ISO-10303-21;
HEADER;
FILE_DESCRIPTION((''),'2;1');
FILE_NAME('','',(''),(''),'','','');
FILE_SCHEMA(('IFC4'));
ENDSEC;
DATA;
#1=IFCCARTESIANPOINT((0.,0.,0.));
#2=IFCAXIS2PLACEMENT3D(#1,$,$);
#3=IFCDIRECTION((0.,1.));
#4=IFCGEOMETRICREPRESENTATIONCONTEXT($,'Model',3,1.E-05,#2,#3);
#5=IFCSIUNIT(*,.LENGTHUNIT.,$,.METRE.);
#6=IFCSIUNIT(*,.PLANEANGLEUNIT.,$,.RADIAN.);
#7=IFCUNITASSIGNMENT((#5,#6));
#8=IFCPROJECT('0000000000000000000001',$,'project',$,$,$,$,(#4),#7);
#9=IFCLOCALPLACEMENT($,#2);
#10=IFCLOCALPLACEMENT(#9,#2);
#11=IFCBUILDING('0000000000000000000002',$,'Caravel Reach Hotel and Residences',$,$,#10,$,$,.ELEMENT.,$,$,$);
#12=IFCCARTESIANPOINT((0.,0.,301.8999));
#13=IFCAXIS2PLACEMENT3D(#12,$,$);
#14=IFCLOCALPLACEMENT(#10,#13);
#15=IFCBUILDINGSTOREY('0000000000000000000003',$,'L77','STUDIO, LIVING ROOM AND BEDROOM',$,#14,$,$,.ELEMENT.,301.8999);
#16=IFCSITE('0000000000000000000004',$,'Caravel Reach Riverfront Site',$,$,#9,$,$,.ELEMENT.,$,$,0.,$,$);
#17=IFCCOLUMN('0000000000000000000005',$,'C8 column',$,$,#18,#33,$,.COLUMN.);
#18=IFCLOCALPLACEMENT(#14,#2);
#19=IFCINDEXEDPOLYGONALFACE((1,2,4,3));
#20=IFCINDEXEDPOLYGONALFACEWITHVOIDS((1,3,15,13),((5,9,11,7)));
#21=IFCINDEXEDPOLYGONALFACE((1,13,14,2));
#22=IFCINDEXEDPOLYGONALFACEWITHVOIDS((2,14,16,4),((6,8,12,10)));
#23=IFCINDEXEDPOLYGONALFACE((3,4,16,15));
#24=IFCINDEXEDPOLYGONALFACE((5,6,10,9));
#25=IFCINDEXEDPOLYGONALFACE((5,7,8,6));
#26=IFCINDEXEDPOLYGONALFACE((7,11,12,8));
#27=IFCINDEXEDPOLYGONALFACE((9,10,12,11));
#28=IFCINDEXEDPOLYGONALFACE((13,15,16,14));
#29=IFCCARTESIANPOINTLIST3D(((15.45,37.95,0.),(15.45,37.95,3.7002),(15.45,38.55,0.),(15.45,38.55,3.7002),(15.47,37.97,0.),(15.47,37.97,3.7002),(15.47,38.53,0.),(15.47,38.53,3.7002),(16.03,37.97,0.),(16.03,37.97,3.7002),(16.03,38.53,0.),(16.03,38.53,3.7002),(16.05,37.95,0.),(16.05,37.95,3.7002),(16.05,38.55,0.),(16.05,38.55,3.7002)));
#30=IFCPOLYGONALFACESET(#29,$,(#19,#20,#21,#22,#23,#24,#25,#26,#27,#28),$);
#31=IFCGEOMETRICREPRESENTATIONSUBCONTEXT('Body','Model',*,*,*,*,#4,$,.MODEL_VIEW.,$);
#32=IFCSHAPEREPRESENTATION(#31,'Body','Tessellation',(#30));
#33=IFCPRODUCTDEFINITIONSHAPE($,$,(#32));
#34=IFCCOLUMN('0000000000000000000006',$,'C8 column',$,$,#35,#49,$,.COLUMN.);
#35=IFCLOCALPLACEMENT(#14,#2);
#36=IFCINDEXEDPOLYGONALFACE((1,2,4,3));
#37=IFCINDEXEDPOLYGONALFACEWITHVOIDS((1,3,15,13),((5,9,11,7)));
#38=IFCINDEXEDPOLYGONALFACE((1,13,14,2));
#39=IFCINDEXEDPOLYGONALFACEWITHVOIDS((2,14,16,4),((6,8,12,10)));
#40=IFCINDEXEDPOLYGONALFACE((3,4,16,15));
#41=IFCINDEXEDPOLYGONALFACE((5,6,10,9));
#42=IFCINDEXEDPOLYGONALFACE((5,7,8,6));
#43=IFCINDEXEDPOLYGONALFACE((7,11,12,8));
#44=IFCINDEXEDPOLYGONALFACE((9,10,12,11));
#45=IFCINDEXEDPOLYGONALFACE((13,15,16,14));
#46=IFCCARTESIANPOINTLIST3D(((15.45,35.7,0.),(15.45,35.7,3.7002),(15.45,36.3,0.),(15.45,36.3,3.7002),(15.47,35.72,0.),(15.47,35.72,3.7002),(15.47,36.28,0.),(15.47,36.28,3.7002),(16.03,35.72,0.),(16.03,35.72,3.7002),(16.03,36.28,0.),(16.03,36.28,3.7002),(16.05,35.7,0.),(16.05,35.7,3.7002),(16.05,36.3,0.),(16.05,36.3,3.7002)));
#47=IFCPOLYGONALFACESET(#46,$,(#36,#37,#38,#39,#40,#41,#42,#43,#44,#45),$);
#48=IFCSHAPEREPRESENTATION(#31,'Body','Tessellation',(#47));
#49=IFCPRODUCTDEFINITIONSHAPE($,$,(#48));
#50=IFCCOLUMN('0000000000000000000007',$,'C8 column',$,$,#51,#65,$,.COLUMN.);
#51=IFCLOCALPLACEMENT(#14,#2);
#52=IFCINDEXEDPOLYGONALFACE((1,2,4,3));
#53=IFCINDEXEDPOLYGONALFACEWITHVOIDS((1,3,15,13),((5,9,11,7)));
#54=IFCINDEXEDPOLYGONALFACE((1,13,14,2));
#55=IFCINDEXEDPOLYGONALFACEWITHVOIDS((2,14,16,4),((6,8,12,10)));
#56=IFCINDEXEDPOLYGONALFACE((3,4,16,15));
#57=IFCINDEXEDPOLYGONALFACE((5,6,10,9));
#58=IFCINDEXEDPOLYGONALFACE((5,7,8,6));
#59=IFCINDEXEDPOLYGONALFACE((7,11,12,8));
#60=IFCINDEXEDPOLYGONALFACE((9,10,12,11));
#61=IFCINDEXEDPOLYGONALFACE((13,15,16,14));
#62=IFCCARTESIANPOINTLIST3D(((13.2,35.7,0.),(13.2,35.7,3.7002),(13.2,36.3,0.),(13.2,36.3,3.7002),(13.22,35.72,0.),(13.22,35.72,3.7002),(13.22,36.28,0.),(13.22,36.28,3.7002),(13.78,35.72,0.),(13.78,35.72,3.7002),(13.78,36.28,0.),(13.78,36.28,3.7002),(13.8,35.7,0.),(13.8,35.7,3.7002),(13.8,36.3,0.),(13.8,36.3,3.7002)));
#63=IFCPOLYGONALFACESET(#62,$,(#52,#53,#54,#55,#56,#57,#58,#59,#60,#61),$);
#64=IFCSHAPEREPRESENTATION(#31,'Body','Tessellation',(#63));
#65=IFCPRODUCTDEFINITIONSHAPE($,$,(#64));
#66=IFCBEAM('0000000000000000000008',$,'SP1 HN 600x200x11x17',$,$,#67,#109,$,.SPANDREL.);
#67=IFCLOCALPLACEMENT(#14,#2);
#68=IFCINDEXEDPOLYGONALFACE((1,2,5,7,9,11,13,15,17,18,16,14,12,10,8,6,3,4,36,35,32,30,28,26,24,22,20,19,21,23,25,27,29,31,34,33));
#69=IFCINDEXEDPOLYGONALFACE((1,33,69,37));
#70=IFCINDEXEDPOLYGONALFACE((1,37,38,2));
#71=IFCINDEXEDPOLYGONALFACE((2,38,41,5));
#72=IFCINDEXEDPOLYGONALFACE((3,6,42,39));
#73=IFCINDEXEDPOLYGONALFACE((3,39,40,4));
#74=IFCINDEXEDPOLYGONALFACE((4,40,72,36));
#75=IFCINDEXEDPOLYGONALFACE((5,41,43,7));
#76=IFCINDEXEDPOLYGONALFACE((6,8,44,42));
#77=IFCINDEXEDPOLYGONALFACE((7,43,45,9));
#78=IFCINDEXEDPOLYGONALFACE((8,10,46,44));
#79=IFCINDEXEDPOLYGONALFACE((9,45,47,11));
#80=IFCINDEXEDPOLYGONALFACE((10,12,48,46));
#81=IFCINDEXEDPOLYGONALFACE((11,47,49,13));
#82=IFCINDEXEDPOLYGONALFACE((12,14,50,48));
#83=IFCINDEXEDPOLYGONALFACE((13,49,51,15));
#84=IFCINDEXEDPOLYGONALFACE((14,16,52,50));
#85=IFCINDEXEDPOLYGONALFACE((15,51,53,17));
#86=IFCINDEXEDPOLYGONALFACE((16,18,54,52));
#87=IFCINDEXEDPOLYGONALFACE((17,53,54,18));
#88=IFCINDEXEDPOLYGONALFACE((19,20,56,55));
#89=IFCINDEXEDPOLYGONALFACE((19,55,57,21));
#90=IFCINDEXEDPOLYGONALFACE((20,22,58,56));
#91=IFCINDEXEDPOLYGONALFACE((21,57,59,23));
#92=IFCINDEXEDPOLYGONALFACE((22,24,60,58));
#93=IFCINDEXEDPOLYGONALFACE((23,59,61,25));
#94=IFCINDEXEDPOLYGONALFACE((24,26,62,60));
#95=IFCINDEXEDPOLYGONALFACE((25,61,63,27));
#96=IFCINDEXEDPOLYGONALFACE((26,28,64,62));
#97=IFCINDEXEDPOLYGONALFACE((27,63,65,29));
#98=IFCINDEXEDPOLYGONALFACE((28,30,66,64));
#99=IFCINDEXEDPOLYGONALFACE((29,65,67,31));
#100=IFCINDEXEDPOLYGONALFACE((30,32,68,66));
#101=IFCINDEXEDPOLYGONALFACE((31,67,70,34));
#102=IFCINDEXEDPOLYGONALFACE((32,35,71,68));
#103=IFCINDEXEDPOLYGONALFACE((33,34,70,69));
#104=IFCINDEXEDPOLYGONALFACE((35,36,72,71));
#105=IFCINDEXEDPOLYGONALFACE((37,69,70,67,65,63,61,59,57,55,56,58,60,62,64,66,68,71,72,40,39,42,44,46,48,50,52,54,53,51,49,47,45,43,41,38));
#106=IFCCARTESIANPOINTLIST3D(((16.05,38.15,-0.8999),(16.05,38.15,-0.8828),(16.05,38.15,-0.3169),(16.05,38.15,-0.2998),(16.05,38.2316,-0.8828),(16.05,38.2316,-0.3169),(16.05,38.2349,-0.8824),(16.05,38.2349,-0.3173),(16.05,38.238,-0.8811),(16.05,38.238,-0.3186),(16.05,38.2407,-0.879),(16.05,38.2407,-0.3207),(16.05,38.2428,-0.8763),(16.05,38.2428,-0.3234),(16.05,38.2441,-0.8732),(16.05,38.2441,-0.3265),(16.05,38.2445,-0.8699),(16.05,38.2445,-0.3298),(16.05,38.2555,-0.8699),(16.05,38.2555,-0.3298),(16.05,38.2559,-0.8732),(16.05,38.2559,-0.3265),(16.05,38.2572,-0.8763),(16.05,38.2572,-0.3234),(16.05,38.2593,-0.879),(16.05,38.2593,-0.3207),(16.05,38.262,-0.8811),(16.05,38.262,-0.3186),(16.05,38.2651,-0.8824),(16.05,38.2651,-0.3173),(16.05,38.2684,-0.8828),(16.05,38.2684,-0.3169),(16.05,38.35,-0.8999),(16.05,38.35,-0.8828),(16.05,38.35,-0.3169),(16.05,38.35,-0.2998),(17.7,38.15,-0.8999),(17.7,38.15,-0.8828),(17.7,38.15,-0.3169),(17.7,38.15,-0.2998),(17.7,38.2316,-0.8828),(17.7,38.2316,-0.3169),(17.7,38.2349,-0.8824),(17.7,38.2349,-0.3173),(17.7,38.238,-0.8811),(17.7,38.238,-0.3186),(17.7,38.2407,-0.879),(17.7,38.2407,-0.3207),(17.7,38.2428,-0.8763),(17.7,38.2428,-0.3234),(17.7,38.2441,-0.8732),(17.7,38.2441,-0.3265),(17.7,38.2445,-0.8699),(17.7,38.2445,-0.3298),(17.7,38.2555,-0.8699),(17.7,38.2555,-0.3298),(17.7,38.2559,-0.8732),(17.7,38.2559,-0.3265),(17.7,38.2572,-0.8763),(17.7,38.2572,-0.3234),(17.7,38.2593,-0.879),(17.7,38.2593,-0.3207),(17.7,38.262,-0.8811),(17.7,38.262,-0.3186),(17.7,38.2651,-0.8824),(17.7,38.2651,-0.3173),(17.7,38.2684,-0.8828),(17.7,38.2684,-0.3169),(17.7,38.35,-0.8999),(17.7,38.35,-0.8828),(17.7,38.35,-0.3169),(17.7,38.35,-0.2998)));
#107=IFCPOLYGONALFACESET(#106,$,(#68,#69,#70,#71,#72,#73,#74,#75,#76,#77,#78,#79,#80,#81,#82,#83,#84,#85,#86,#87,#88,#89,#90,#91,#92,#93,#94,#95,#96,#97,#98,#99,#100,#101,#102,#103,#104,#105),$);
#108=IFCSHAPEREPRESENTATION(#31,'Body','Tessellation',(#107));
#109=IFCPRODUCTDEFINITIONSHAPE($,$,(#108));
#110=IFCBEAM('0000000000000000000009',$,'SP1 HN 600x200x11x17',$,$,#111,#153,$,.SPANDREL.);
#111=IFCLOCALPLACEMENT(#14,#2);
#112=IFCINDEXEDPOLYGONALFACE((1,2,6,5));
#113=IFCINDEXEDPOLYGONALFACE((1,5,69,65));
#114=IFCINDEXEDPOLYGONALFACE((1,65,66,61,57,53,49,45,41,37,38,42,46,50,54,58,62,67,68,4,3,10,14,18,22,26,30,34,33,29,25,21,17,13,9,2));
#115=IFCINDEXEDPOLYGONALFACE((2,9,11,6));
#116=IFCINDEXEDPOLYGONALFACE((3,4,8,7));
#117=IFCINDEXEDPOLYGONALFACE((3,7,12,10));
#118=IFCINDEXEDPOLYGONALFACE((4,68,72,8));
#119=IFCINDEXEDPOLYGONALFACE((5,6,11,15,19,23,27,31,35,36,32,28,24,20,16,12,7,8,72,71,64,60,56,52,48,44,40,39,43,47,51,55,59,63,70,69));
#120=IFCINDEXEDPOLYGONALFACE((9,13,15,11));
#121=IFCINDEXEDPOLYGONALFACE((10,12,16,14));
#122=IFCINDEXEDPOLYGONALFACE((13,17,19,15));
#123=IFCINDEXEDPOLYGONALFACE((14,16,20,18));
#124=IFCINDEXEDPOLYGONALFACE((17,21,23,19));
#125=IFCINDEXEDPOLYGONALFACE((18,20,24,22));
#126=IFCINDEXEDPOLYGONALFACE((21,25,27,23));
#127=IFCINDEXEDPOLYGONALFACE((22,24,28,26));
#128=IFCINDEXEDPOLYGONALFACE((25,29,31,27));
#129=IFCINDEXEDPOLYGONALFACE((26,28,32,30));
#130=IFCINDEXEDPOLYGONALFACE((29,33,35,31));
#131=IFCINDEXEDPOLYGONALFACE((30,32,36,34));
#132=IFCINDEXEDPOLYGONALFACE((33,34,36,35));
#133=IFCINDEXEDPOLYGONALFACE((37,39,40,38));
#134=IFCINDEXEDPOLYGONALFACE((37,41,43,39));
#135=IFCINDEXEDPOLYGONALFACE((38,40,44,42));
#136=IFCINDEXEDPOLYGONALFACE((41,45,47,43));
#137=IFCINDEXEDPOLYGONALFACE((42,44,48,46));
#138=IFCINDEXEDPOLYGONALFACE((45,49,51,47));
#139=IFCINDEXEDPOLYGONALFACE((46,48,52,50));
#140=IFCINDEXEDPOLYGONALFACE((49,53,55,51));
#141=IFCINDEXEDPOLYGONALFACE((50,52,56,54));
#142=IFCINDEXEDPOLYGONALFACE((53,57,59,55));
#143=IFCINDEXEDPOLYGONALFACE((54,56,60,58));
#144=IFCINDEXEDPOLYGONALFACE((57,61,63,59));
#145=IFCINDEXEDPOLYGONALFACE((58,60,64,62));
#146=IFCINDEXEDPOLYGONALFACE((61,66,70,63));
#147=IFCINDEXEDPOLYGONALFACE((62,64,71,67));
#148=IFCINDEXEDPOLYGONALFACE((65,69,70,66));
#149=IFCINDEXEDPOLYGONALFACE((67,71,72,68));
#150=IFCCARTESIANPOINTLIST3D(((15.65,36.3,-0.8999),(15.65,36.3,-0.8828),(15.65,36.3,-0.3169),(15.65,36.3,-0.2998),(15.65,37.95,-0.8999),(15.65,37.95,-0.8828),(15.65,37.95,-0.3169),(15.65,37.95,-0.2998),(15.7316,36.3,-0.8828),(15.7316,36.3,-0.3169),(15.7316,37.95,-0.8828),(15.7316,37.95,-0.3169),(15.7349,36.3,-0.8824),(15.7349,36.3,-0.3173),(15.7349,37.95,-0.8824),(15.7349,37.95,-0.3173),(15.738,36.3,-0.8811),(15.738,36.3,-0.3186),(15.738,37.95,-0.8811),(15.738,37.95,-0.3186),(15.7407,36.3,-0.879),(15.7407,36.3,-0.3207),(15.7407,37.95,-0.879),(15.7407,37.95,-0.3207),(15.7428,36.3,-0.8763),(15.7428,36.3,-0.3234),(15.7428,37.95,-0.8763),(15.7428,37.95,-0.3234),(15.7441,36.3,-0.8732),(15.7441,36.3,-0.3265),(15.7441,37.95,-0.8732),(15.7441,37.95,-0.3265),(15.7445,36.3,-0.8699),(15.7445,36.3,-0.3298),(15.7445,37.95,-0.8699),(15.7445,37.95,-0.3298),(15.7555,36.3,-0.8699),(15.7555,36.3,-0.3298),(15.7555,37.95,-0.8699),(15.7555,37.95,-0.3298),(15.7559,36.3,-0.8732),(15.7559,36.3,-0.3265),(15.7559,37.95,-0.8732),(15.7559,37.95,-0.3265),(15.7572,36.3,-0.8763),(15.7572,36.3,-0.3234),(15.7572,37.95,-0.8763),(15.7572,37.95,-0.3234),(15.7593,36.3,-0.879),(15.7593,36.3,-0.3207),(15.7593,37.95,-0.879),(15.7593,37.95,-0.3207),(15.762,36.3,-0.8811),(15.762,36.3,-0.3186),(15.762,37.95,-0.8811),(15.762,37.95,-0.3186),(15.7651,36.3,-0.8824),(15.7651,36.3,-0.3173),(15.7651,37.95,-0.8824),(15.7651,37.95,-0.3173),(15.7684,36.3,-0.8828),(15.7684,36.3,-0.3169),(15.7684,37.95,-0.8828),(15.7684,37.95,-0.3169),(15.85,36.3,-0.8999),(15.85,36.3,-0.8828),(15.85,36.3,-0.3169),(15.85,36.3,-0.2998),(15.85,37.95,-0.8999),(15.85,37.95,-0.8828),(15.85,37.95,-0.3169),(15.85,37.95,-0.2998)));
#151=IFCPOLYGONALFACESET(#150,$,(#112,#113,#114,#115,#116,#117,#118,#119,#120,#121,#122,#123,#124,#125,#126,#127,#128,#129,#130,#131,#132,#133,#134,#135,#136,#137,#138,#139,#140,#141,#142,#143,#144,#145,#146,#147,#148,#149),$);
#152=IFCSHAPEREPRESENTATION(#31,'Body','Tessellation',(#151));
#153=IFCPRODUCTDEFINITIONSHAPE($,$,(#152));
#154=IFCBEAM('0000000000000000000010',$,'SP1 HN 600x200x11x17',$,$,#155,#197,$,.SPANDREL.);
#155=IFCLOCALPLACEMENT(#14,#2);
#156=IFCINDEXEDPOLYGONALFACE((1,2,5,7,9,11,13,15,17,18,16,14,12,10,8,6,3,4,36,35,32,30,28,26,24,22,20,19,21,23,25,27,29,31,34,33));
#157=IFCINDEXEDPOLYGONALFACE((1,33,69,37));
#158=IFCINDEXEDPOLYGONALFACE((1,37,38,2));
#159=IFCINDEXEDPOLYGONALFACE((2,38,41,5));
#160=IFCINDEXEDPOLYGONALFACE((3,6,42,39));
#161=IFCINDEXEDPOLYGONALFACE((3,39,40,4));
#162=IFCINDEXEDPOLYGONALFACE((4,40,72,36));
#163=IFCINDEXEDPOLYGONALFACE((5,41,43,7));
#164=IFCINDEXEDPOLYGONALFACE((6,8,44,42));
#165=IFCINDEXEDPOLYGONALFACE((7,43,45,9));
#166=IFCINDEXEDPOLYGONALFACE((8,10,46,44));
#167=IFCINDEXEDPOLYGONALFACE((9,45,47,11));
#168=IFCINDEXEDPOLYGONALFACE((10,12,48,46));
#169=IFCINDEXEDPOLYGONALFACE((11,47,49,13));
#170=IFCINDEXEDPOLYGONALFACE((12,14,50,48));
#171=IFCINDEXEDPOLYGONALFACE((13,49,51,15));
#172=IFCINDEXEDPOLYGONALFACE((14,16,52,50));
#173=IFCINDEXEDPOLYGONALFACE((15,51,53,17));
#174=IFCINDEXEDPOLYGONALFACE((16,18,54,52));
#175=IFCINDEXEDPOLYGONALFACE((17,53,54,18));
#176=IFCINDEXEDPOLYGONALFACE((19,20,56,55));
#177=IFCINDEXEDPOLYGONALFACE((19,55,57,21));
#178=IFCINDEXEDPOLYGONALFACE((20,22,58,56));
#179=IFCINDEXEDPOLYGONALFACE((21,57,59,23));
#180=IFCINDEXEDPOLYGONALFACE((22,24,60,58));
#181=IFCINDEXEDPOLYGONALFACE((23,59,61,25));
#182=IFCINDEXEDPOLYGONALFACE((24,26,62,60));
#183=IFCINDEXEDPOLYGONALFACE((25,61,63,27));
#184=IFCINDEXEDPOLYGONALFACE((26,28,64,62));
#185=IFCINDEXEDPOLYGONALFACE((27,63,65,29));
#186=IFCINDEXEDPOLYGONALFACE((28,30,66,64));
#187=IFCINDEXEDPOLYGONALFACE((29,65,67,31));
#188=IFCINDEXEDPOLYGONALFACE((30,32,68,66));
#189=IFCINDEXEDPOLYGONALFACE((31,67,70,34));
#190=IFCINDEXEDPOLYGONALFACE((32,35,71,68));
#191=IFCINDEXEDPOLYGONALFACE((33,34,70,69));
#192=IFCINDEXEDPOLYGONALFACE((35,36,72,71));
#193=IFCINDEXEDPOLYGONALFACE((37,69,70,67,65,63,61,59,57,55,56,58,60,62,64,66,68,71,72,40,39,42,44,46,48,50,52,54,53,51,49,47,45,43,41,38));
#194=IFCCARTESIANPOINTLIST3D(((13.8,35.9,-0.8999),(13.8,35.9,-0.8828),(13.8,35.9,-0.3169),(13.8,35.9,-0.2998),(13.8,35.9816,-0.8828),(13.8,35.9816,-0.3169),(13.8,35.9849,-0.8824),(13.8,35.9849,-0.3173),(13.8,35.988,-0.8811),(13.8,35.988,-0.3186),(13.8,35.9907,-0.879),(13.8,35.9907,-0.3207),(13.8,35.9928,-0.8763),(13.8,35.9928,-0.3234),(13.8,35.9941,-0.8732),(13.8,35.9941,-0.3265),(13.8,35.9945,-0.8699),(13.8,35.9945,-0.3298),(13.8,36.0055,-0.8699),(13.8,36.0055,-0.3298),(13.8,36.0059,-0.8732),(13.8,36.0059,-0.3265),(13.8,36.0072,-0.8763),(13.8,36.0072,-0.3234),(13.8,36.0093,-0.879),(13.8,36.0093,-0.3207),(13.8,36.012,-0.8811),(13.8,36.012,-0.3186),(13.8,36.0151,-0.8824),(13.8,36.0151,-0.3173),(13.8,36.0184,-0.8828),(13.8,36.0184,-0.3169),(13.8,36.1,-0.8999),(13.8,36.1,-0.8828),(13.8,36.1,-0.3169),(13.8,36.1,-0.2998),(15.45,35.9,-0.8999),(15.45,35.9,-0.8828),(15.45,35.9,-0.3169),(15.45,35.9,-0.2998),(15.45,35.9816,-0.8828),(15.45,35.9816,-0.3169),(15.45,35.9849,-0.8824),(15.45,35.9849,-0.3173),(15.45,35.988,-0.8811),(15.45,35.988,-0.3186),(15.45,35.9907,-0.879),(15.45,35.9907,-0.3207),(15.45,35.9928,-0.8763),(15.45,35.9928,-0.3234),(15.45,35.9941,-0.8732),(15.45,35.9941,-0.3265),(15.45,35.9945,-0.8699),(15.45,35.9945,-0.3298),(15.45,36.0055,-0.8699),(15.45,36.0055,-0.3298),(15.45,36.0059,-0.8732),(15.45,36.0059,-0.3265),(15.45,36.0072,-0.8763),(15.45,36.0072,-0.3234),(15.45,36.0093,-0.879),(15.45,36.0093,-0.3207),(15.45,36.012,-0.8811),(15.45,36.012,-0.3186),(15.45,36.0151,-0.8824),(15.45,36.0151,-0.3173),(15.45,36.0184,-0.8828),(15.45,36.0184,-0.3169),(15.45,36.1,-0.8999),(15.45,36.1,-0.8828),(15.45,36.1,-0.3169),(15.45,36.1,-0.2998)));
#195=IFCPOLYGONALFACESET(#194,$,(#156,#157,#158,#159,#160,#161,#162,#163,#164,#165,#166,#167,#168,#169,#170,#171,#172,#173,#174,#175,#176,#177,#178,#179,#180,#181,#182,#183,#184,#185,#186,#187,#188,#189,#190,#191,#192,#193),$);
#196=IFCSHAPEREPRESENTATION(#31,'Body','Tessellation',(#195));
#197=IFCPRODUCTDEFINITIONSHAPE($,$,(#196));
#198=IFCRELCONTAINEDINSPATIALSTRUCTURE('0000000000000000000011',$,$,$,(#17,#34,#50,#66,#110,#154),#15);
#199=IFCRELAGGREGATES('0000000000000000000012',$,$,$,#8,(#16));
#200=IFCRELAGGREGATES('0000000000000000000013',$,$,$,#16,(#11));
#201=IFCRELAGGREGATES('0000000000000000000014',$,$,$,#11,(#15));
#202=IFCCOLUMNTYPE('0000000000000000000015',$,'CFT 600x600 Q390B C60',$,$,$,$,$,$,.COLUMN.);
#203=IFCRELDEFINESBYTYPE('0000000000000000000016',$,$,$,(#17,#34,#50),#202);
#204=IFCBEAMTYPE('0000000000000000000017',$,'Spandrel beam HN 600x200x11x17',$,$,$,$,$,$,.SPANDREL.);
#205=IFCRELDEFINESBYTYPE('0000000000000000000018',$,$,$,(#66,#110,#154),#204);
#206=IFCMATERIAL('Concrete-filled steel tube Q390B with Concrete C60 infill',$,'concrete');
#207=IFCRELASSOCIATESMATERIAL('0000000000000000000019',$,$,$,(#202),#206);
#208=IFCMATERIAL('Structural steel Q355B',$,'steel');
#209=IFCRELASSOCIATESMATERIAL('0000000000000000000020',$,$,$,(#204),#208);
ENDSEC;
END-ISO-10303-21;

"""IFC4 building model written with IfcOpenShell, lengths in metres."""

from ifc_helpers import new_model, si_unit, direction, frame, origin, origin_2d, place, context, subcontext, project, spatial, hollow_rectangle, i_section, extrude, material, material_profile, profile_set, type_object, element, save


model = new_model("IFC4")

# Units and contexts
model_context = context("Model", 3, precision=1e-05, world=origin(), true_north=direction((0.0, 1.0)))
body_context = subcontext(model_context, "Body", "Model", "MODEL_VIEW")
ifc_project = project(units=[si_unit("LENGTHUNIT", "METRE"), si_unit("PLANEANGLEUNIT", "RADIAN")], contexts=[model_context])

# Site, building, storey
site_placement = place(None, origin())
site = spatial("IfcSite", under=ifc_project, at=site_placement, Name="Caravel Reach Riverfront Site", CompositionType="ELEMENT", RefElevation=0.0)
building_placement = place(site_placement, origin())
building = spatial("IfcBuilding", under=site, at=building_placement, Name="Caravel Reach Hotel and Residences", CompositionType="ELEMENT")
storey_placement = place(building_placement, frame((0.0, 0.0, 301.8999)))
storey = spatial("IfcBuildingStorey", under=building, at=storey_placement, Name="L77", Description="STUDIO, LIVING ROOM AND BEDROOM", CompositionType="ELEMENT", Elevation=301.8999)

# Columns
ifc_material_1 = material(Name="Concrete-filled steel tube Q390B with Concrete C60 infill", Category="concrete")
ifc_material_profile_1 = material_profile(ifc_material_1, hollow_rectangle(XDim=0.6001, YDim=0.6001, WallThickness=0.02, at=origin_2d()), Name="RHS 600x600x20")
ifc_profile_set_1 = profile_set([ifc_material_profile_1], Name="Concrete-filled steel tube Q390B with Concrete C60 infill")
column_type = type_object("IfcColumnType", Name="CFT 600x600 Q390B C60", PredefinedType="COLUMN", material=ifc_profile_set_1)
for number, where, z_axis, x_axis, name in (
    (1, (15.75, 38.25, 0.0), (0.0, 0.0, 1.0), (1.0, 0.0, 0.0), "C8 column"),
    (2, (15.75, 36.0, 0.0), (0.0, 0.0, 1.0), (1.0, 0.0, 0.0), "C8 column"),
    (3, (13.5, 36.0, 0.0), (0.0, 0.0, 1.0), (1.0, 0.0, 0.0), "C8 column"),
):
    element("IfcColumn", number, at=place(storey_placement, frame(where, z_axis=z_axis, x_axis=x_axis)), inside=storey, type_object=column_type, Name=name, PredefinedType="COLUMN", context=body_context, shape_type="SweptSolid", body=[
        extrude(hollow_rectangle(XDim=0.6001, YDim=0.6001, WallThickness=0.02, at=origin_2d()), origin(), (0.0, 0.0, 1.0), 3.7002),
    ])

# Beams
ifc_material_2 = material(Name="Structural steel Q355B", Category="steel")
ifc_material_profile_2 = material_profile(ifc_material_2, i_section(OverallWidth=0.2, OverallDepth=0.6001, WebThickness=0.011, FlangeThickness=0.0171, FilletRadius=0.0129, at=origin_2d()), Name="HN 600x200x11x17")
ifc_profile_set_2 = profile_set([ifc_material_profile_2], Name="Structural steel Q355B")
beam_type = type_object("IfcBeamType", Name="Spandrel beam HN 600x200x11x17", PredefinedType="SPANDREL", material=ifc_profile_set_2)
for number, where, z_axis, x_axis, name in (
    (4, (17.7, 38.25, -0.5999), (-1.0, 0.0, 0.0), (0.0, -1.0, 0.0), "SP1 HN 600x200x11x17"),
    (5, (15.75, 37.95, -0.5999), (0.0, -1.0, 0.0), (1.0, 0.0, 0.0), "SP1 HN 600x200x11x17"),
    (6, (15.45, 36.0, -0.5999), (-1.0, 0.0, 0.0), (0.0, -1.0, 0.0), "SP1 HN 600x200x11x17"),
):
    element("IfcBeam", number, at=place(storey_placement, frame(where, z_axis=z_axis, x_axis=x_axis)), inside=storey, type_object=beam_type, Name=name, PredefinedType="SPANDREL", context=body_context, shape_type="SweptSolid", body=[
        extrude(i_section(OverallWidth=0.2, OverallDepth=0.6001, WebThickness=0.011, FlangeThickness=0.0171, FilletRadius=0.0129, at=origin_2d()), origin(), (0.0, 0.0, 1.0), 1.6499),
    ])

save(model, "model.ifc")
